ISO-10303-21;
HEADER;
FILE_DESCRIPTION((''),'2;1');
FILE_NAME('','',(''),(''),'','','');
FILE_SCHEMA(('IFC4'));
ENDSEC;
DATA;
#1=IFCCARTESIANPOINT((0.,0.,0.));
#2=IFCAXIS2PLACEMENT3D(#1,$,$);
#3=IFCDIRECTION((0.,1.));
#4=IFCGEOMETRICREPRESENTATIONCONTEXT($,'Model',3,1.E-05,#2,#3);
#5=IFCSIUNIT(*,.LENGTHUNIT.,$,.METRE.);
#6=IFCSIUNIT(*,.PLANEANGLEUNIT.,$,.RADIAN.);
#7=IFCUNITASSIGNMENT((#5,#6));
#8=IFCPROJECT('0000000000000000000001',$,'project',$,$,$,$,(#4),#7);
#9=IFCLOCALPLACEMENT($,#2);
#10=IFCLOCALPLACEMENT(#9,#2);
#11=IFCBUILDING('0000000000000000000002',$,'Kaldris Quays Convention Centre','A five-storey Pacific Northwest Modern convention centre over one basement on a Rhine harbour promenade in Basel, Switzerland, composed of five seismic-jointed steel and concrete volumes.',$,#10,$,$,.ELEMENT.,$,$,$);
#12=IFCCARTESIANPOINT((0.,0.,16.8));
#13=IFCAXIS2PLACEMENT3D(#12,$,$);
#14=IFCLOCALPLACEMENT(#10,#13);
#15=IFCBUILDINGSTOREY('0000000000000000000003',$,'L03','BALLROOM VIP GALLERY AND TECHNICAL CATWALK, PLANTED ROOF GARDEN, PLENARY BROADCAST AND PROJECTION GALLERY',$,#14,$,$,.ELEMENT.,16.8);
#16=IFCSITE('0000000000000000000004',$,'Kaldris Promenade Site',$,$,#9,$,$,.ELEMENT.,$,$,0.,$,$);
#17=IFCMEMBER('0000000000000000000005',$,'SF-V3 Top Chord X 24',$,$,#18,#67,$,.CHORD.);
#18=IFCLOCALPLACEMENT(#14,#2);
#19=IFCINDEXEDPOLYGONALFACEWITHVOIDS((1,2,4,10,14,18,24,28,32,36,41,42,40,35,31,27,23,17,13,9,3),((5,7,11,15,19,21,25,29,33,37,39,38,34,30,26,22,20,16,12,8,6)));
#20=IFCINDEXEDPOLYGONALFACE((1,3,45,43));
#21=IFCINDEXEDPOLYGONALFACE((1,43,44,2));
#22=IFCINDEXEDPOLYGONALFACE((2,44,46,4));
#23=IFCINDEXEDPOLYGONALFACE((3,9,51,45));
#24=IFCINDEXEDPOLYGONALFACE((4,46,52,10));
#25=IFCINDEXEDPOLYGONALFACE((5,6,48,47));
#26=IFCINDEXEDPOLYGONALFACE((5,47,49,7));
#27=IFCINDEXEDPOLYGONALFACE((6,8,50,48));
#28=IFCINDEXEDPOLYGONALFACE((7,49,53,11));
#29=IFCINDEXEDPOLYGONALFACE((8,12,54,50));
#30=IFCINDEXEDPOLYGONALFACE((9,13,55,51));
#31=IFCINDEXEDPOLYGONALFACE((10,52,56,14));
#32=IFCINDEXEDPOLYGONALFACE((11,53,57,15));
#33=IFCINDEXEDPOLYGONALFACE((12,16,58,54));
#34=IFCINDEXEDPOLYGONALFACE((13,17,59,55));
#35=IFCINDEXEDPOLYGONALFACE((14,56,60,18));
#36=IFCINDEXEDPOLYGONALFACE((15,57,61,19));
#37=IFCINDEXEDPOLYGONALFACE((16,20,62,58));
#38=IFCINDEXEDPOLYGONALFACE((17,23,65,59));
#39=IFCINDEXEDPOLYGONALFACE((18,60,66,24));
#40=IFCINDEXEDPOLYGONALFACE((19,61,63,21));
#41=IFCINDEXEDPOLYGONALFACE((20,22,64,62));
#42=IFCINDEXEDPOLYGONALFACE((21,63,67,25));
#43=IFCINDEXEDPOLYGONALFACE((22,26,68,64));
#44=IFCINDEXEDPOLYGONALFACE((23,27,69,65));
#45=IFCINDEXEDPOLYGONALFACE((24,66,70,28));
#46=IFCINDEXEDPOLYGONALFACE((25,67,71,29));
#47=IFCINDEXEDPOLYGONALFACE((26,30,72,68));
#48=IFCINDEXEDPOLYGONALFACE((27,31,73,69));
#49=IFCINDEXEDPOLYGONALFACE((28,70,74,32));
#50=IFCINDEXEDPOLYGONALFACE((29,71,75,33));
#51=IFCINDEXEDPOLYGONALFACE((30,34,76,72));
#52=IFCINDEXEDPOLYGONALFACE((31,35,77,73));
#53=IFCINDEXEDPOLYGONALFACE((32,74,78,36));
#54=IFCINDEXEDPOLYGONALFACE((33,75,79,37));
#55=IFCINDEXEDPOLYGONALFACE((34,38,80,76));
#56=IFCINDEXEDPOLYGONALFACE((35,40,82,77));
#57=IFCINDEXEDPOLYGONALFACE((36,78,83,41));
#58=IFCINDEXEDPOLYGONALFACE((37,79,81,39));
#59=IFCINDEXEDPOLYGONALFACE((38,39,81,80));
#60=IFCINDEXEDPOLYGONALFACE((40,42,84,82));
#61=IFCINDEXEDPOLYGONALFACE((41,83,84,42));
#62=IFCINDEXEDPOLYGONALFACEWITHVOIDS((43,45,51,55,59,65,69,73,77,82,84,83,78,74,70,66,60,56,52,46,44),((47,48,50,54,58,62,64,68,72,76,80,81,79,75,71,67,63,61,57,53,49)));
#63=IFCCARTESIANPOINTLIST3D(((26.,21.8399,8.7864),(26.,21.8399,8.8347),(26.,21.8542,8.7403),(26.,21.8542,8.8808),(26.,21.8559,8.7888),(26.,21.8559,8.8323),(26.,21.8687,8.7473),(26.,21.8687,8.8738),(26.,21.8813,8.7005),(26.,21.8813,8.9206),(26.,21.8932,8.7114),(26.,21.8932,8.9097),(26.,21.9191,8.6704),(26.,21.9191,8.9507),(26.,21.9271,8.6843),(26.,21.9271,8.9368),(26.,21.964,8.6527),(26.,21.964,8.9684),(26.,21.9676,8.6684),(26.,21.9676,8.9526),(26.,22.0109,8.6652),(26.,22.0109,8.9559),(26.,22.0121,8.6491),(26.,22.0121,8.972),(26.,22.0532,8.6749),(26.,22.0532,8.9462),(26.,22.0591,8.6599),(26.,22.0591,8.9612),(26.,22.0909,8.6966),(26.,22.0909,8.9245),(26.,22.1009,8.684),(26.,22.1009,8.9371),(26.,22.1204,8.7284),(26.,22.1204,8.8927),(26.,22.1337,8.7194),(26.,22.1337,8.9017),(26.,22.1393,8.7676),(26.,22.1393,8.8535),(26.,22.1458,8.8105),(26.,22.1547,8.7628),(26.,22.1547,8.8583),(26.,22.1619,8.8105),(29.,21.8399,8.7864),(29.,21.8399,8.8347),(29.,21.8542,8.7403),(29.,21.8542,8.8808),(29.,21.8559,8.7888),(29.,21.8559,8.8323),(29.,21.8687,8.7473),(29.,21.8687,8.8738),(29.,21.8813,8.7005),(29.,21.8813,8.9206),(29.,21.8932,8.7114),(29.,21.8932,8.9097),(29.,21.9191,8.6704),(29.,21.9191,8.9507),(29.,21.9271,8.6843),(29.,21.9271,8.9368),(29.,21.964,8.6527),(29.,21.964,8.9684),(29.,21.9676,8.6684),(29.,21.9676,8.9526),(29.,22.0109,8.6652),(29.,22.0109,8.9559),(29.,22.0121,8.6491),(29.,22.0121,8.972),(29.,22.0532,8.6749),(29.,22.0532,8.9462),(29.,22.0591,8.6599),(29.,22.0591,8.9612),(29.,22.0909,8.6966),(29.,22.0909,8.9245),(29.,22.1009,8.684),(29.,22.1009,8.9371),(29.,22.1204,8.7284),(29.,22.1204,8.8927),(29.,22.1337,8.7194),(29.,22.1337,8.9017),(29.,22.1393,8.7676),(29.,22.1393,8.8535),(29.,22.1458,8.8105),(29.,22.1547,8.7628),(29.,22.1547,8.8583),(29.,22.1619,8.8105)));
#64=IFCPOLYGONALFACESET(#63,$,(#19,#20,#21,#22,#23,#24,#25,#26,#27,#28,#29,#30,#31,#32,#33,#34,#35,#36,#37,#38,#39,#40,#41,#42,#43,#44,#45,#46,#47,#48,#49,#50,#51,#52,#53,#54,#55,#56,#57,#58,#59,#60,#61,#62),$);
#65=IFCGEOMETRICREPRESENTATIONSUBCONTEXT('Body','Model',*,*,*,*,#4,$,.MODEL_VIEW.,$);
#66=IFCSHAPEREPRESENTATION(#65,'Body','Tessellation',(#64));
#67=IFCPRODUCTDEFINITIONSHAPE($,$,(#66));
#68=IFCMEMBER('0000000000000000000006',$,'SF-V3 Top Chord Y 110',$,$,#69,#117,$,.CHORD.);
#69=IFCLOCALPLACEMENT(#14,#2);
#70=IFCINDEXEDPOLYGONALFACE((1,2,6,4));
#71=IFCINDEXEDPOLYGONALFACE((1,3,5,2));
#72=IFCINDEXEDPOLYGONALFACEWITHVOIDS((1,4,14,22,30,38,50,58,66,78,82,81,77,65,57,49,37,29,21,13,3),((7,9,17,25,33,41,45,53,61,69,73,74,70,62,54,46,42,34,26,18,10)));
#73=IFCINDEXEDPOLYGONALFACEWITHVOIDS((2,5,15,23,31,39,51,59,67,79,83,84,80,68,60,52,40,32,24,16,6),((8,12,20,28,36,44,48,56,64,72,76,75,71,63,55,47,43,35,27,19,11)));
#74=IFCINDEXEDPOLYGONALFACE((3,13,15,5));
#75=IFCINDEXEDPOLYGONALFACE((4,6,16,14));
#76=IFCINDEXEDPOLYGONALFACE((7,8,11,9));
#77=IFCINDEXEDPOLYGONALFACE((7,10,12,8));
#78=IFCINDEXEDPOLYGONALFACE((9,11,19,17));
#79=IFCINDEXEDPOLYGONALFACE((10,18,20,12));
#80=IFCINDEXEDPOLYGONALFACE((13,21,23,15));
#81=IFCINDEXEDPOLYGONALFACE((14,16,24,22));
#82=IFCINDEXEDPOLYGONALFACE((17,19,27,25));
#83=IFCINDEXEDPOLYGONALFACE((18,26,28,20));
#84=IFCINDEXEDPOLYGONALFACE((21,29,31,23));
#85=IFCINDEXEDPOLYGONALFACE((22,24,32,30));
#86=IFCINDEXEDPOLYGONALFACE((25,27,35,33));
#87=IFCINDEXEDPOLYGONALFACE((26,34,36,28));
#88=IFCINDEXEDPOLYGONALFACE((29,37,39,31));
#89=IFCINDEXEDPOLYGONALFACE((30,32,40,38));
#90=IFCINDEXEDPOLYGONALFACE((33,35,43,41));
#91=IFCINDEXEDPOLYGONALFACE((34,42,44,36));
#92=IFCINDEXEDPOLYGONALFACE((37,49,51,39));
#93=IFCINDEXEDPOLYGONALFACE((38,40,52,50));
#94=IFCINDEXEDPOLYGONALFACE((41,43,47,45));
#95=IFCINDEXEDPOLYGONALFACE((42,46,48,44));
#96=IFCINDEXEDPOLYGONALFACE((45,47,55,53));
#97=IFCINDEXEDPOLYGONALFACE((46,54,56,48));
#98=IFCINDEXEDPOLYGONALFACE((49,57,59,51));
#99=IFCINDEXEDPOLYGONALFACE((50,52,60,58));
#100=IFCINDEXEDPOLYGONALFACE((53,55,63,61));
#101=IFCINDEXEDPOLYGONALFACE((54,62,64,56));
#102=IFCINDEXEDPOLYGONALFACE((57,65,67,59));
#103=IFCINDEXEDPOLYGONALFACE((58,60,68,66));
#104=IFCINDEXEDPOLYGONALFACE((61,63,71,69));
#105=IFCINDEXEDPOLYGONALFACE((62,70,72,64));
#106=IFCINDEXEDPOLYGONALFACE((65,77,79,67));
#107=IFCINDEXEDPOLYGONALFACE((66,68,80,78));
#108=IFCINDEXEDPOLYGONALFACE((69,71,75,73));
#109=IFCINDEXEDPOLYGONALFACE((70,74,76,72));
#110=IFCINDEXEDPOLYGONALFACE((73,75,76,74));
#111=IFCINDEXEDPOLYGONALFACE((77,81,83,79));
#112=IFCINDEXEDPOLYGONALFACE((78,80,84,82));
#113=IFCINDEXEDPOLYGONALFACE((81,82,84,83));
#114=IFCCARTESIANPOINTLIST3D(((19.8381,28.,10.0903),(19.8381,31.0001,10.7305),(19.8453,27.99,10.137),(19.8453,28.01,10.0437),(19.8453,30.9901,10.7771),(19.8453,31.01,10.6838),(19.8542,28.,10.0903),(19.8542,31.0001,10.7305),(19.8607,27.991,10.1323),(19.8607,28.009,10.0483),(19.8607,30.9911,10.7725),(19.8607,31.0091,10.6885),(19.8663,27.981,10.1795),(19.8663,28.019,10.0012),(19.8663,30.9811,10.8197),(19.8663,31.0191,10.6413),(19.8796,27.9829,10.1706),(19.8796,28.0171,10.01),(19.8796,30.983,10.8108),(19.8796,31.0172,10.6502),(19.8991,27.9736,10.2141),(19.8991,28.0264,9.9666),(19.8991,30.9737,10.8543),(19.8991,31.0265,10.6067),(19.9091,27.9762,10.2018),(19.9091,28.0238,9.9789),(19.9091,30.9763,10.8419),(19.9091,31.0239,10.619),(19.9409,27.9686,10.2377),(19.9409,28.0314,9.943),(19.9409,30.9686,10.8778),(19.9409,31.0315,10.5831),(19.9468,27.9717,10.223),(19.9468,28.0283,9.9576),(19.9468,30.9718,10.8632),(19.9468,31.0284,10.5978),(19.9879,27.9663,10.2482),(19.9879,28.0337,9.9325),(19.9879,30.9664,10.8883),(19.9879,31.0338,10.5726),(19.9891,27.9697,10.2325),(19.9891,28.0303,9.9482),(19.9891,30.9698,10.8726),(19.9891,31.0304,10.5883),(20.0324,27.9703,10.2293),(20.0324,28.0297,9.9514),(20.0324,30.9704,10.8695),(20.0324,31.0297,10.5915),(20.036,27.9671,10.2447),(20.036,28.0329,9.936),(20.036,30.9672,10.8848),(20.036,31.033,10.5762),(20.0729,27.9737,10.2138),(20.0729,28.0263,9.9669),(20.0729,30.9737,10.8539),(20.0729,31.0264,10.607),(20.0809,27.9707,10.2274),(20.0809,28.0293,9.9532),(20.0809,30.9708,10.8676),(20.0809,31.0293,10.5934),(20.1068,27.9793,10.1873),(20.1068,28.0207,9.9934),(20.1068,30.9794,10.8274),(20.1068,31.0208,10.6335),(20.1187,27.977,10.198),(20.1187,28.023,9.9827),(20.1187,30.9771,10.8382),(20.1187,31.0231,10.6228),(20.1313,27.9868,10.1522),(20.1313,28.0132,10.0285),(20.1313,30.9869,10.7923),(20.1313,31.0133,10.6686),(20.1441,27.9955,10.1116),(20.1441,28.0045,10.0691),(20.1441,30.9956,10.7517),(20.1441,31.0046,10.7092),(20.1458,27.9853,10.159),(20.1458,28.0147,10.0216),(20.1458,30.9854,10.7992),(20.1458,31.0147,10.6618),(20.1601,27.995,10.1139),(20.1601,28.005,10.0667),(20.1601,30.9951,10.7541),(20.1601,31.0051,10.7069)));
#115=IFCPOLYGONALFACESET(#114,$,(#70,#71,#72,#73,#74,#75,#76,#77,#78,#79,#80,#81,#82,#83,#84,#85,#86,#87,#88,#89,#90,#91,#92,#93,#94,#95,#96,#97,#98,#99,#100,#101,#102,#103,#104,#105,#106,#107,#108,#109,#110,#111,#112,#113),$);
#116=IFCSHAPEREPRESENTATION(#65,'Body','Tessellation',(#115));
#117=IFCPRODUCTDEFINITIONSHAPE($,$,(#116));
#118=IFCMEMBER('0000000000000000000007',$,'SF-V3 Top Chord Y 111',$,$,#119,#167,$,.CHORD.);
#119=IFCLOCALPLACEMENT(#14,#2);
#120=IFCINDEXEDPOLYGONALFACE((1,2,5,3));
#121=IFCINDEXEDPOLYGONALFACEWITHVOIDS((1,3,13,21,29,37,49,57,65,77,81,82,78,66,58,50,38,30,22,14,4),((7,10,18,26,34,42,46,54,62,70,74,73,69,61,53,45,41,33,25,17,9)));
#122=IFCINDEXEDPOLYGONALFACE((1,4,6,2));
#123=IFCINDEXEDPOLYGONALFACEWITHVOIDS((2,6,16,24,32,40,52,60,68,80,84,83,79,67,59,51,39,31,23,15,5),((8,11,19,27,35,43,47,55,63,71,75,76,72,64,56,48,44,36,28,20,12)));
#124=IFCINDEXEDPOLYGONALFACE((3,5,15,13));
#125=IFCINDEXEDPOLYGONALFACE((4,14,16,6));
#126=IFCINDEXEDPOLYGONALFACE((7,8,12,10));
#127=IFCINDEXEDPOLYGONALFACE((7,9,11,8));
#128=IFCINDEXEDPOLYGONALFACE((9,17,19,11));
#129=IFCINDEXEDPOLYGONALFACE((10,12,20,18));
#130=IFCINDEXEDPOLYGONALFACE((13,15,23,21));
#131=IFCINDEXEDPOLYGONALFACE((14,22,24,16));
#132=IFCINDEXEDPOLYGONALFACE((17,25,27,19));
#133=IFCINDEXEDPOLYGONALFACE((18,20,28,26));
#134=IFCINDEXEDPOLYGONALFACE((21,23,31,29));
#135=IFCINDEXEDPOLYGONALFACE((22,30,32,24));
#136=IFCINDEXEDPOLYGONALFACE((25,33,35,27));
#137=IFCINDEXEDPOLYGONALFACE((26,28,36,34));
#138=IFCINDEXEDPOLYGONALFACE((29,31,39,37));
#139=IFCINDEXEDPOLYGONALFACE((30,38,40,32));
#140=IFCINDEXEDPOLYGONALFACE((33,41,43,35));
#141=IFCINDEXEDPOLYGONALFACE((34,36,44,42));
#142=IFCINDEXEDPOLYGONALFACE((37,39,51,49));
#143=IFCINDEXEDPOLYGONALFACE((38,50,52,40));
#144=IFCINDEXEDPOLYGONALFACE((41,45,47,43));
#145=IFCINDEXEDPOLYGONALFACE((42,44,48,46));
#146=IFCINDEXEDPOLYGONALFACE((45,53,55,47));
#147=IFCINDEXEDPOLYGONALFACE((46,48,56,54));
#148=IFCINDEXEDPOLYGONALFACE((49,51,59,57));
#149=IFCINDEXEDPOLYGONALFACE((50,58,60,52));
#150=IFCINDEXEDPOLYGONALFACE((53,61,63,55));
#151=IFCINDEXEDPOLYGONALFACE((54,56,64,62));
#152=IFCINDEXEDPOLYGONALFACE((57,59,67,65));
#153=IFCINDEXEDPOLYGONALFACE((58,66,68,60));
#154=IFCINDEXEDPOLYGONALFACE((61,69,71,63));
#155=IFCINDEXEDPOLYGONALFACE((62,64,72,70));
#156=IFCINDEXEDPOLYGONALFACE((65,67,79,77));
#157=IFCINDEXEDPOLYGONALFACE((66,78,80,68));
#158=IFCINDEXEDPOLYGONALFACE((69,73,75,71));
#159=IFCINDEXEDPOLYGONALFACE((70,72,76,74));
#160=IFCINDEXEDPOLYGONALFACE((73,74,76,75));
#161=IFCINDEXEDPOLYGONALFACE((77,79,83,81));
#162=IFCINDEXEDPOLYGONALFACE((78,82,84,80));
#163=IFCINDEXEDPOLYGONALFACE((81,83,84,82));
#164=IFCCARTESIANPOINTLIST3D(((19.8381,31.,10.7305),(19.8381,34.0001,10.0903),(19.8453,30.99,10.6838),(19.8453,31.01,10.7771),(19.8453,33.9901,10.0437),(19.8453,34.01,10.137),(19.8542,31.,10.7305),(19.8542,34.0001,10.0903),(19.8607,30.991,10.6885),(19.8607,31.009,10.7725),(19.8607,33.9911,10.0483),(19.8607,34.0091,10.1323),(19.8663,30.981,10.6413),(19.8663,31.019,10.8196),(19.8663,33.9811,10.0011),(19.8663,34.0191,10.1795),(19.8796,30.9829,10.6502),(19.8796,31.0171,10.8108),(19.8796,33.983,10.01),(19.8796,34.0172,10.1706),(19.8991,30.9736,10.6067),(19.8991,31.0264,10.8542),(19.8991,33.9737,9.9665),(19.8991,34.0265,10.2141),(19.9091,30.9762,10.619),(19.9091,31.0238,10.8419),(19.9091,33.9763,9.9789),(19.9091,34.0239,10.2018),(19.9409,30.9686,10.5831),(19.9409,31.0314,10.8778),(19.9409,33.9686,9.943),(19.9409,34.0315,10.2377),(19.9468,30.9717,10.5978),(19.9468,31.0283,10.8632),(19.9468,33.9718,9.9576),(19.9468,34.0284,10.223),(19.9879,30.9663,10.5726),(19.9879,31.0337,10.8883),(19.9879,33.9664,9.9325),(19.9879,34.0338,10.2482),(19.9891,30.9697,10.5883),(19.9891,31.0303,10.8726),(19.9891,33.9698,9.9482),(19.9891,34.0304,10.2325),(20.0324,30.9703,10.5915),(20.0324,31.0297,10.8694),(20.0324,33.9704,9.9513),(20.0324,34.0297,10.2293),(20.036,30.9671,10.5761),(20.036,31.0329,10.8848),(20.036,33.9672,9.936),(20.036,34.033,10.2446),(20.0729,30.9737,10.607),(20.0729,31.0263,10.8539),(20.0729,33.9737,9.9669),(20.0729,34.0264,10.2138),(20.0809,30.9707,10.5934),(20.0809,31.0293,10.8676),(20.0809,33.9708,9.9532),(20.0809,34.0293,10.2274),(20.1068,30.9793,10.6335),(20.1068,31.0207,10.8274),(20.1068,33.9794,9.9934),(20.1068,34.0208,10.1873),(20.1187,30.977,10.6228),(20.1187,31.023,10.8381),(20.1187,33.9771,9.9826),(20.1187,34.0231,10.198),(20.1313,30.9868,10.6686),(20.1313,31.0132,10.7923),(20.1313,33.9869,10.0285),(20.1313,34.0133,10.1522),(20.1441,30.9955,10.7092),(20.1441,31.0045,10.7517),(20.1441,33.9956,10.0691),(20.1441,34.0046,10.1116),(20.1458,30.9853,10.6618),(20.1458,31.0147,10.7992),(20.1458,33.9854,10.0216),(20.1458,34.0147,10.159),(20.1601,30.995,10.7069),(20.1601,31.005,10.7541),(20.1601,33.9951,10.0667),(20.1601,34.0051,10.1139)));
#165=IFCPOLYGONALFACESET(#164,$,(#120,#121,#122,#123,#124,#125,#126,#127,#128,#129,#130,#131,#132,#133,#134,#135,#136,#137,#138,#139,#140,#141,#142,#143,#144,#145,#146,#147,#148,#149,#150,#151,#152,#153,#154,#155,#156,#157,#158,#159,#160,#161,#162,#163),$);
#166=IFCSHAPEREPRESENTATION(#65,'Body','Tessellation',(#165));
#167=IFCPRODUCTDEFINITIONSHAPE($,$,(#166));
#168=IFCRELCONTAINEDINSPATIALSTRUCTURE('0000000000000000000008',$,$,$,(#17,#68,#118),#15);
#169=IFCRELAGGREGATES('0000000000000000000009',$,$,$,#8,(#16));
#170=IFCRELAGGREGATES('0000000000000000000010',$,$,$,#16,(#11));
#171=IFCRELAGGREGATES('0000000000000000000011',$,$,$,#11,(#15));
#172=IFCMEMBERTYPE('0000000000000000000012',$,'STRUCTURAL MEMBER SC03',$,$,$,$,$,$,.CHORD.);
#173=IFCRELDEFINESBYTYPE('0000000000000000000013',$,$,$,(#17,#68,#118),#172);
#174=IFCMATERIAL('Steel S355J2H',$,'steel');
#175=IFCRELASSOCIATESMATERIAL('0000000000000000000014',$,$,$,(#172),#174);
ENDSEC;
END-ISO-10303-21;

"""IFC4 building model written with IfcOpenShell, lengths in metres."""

from ifc_helpers import new_model, si_unit, direction, frame, origin, origin_2d, place, context, subcontext, project, spatial, hollow_circle, extrude, material, material_profile, profile_set, type_object, element, save


model = new_model("IFC4")

# Units and contexts
model_context = context("Model", 3, precision=1e-05, world=origin(), true_north=direction((0.0, 1.0)))
body_context = subcontext(model_context, "Body", "Model", "MODEL_VIEW")
ifc_project = project(units=[si_unit("LENGTHUNIT", "METRE"), si_unit("PLANEANGLEUNIT", "RADIAN")], contexts=[model_context])

# Site, building, storey
site_placement = place(None, origin())
site = spatial("IfcSite", under=ifc_project, at=site_placement, Name="Kaldris Promenade Site", CompositionType="ELEMENT", RefElevation=0.0)
building_placement = place(site_placement, origin())
building = spatial("IfcBuilding", under=site, at=building_placement, Name="Kaldris Quays Convention Centre", Description="A five-storey Pacific Northwest Modern convention centre over one basement on a Rhine harbour promenade in Basel, Switzerland, composed of five seismic-jointed steel and concrete volumes.", CompositionType="ELEMENT")
storey_placement = place(building_placement, frame((0.0, 0.0, 16.8)))
storey = spatial("IfcBuildingStorey", under=building, at=storey_placement, Name="L03", Description="BALLROOM VIP GALLERY AND TECHNICAL CATWALK, PLANTED ROOF GARDEN, PLENARY BROADCAST AND PROJECTION GALLERY", CompositionType="ELEMENT", Elevation=16.8)

# Members
ifc_material_1 = material(Name="Steel S355J2H", Category="steel")
ifc_material_profile_1 = material_profile(ifc_material_1, hollow_circle(Radius=0.1619, WallThickness=0.0161, at=origin_2d()), Name="CHS 323.9x16")
ifc_profile_set_1 = profile_set([ifc_material_profile_1], Name="Steel S355J2H")
member_type_1 = type_object("IfcMemberType", Name="STRUCTURAL MEMBER SC03", PredefinedType="CHORD", material=ifc_profile_set_1)
member_1_placement = place(storey_placement, frame((26.0, 22.0, 8.8105), z_axis=(1.0, 0.0, 0.0), x_axis=(0.0, 1.0, 0.0)))
element("IfcMember", 1, at=member_1_placement, inside=storey, type_object=member_type_1, Name="SF-V3 Top Chord X 24", PredefinedType="CHORD", context=body_context, shape_type="SweptSolid", body=[
    extrude(hollow_circle(Radius=0.1619, WallThickness=0.0161, at=origin_2d()), origin(), (0.0, 0.0, 1.0), 3.0),
])
for number, where, z_axis, x_axis, name in (
    (2, (20.0, 28.0, 10.0903), (0.0, 0.977984, 0.208681), (-1.0, 0.0, 0.0), "SF-V3 Top Chord Y 110"),
    (3, (20.0, 31.0, 10.7305), (0.0, 0.977984, -0.208681), (-1.0, 0.0, 0.0), "SF-V3 Top Chord Y 111"),
):
    element("IfcMember", number, at=place(storey_placement, frame(where, z_axis=z_axis, x_axis=x_axis)), inside=storey, type_object=member_type_1, Name=name, PredefinedType="CHORD", context=body_context, shape_type="SweptSolid", body=[
        extrude(hollow_circle(Radius=0.1619, WallThickness=0.0161, at=origin_2d()), origin(), (0.0, 0.0, 1.0), 3.0676),
    ])

save(model, "model.ifc")
